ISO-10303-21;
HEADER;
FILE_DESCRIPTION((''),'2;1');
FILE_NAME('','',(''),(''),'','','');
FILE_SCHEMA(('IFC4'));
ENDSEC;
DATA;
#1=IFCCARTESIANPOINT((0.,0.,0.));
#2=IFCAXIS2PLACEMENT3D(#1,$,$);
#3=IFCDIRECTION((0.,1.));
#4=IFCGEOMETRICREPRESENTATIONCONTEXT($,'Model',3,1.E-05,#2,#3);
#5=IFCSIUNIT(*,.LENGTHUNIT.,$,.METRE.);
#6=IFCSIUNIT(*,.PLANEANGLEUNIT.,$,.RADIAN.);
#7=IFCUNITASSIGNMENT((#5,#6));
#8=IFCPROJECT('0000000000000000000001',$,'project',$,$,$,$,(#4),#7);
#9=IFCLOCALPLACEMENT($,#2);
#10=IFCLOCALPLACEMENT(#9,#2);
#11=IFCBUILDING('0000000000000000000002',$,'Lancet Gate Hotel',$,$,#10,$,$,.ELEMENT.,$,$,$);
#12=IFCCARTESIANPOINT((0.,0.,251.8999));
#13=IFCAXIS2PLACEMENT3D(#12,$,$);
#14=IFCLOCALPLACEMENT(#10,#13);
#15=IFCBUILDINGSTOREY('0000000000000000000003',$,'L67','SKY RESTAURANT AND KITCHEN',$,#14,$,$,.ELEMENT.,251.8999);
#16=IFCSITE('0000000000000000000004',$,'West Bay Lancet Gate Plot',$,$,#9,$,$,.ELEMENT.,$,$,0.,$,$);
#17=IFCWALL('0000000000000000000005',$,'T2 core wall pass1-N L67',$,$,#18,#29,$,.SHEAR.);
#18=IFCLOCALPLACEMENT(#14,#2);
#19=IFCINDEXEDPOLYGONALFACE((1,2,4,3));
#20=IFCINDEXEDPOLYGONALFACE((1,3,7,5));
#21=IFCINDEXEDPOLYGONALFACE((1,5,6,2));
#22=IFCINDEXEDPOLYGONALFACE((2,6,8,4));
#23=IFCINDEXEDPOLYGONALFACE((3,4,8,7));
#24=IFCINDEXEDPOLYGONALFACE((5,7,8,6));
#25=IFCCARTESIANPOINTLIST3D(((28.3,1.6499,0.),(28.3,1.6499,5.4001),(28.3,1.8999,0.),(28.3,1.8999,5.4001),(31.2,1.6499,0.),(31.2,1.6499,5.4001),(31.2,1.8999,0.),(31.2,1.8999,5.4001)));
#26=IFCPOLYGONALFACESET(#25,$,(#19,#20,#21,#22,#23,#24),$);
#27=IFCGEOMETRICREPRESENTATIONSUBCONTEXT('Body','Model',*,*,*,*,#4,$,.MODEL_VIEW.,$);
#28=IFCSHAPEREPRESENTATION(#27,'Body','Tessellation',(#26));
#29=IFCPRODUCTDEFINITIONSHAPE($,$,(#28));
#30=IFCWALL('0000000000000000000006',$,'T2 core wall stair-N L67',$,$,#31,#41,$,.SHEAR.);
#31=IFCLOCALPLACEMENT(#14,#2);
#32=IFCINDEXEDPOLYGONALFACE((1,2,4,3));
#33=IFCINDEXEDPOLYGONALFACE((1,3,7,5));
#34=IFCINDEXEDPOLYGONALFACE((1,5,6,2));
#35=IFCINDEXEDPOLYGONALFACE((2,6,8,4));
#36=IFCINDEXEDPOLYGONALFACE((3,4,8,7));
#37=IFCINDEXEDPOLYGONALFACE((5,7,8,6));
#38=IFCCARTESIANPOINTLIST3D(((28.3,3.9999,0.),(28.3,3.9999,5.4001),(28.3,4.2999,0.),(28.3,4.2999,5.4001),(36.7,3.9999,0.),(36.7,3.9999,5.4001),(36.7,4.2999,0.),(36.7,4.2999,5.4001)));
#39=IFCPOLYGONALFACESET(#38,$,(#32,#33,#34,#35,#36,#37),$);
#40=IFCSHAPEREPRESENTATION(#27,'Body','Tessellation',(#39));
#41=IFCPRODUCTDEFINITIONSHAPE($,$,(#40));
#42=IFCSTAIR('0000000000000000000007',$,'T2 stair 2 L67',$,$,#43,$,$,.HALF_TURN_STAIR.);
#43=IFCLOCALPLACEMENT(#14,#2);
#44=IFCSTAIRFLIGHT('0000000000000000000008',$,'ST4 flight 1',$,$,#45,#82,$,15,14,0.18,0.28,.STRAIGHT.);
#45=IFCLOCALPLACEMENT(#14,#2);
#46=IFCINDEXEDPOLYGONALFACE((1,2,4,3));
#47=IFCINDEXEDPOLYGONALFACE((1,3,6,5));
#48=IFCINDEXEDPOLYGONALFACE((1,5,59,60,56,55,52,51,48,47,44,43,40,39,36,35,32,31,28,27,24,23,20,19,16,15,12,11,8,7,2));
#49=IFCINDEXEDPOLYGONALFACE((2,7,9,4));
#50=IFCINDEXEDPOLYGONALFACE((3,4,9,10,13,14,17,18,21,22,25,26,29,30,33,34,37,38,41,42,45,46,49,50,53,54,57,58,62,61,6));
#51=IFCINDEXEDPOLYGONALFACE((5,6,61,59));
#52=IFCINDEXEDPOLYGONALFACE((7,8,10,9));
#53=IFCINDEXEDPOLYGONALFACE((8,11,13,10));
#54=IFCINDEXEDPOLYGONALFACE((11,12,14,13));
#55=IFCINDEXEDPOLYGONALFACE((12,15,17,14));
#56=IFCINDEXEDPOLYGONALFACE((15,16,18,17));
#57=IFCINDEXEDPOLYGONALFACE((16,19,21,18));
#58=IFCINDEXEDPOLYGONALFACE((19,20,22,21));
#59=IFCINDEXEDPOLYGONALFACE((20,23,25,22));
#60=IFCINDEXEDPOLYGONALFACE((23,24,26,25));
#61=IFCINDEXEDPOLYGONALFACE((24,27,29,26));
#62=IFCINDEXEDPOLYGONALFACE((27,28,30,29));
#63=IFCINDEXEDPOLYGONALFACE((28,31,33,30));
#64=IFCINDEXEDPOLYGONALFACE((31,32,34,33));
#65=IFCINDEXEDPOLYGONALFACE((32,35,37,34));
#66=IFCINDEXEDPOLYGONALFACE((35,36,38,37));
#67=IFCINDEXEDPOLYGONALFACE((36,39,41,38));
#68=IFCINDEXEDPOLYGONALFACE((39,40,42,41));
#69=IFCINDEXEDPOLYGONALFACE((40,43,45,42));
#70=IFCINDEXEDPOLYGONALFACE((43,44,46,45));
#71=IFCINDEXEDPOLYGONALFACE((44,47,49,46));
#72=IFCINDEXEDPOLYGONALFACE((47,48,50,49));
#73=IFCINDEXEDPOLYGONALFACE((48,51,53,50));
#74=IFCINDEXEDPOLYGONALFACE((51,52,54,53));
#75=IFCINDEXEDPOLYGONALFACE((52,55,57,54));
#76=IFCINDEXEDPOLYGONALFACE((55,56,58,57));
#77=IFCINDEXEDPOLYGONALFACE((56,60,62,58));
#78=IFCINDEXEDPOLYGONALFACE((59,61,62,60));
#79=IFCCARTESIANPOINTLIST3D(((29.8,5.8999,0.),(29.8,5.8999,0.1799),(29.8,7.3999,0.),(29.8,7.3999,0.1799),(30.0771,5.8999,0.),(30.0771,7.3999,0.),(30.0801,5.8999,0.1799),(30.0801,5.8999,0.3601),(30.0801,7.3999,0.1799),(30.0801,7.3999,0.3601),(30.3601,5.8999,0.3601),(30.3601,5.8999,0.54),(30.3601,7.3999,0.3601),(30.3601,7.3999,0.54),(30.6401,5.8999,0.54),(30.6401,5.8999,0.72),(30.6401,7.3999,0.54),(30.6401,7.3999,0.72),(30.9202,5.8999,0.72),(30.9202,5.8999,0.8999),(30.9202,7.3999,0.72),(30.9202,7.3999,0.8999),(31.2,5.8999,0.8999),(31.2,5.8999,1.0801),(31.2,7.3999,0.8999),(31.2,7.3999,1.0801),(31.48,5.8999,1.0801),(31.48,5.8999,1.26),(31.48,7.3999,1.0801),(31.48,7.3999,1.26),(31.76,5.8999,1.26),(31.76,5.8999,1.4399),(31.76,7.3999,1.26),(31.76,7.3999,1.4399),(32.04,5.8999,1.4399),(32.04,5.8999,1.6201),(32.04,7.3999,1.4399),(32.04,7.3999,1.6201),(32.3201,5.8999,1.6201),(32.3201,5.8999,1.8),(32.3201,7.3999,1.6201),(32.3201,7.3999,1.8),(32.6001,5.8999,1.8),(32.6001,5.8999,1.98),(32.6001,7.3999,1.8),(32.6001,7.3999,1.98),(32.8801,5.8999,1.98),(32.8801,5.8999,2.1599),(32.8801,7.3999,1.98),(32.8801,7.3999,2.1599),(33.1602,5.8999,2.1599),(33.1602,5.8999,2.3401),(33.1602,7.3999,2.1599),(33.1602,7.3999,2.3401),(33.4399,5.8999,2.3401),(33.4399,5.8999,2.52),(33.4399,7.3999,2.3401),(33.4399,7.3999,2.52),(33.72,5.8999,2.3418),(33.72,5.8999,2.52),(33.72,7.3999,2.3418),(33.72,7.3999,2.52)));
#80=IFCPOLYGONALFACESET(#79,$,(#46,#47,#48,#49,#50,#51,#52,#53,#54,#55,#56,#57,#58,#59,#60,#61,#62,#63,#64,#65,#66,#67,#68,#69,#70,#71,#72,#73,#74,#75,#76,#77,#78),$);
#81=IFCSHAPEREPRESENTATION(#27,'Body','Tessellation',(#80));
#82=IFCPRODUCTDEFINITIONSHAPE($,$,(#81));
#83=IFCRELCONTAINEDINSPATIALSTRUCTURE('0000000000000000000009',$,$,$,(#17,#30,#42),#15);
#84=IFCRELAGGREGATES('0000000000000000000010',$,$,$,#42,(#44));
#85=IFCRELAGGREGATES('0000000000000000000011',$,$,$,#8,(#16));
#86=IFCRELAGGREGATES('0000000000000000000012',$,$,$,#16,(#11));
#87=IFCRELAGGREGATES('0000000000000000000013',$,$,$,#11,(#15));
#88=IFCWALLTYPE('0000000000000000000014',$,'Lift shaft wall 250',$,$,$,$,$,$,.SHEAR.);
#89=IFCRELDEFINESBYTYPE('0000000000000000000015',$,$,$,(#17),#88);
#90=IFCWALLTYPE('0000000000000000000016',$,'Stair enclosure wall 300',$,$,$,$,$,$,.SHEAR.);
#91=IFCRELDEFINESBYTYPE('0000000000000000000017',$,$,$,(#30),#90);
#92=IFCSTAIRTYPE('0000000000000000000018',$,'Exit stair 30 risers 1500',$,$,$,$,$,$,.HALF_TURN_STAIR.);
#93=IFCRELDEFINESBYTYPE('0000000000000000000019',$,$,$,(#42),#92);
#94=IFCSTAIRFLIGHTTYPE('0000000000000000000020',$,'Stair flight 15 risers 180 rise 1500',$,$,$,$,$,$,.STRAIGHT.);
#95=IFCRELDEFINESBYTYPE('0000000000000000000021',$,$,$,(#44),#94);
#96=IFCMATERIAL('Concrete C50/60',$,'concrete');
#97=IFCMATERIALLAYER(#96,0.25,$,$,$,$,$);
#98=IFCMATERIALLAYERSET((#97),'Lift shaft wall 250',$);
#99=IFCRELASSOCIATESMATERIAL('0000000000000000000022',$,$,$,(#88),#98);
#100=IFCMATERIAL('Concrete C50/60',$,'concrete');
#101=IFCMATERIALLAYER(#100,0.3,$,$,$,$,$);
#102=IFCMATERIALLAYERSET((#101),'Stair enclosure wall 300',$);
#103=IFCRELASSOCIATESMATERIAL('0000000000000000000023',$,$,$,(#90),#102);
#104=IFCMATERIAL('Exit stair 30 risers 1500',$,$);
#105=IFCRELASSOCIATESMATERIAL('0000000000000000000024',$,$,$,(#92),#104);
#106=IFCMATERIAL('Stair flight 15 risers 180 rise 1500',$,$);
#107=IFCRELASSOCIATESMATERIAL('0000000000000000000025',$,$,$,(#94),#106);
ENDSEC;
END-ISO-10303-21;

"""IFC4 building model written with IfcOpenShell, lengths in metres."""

from ifc_helpers import new_model, si_unit, direction, frame, frame_2d, origin, place, context, subcontext, project, spatial, polyline, rectangle, outline, extrude, material, layer, layer_set, type_object, element, aggregate, save


model = new_model("IFC4")

# Units and contexts
model_context = context("Model", 3, precision=1e-05, world=origin(), true_north=direction((0.0, 1.0)))
body_context = subcontext(model_context, "Body", "Model", "MODEL_VIEW")
ifc_project = project(units=[si_unit("LENGTHUNIT", "METRE"), si_unit("PLANEANGLEUNIT", "RADIAN")], contexts=[model_context])

# Site, building, storey
site_placement = place(None, origin())
site = spatial("IfcSite", under=ifc_project, at=site_placement, Name="West Bay Lancet Gate Plot", CompositionType="ELEMENT", RefElevation=0.0)
building_placement = place(site_placement, origin())
building = spatial("IfcBuilding", under=site, at=building_placement, Name="Lancet Gate Hotel", CompositionType="ELEMENT")
storey_placement = place(building_placement, frame((0.0, 0.0, 251.8999)))
storey = spatial("IfcBuildingStorey", under=building, at=storey_placement, Name="L67", Description="SKY RESTAURANT AND KITCHEN", CompositionType="ELEMENT", Elevation=251.8999)

# Walls
ifc_material_1 = material(Name="Concrete C50/60", Category="concrete")
ifc_layer_1 = layer(ifc_material_1, 0.25)
ifc_layer_set_1 = layer_set([ifc_layer_1], Name="Lift shaft wall 250")
wall_type_1 = type_object("IfcWallType", Name="Lift shaft wall 250", PredefinedType="SHEAR", material=ifc_layer_set_1)
wall_1_placement = place(storey_placement, frame((28.3, 1.7749, 0.0), z_axis=(0.0, 0.0, 1.0), x_axis=(1.0, 0.0, 0.0)))
element("IfcWall", 1, at=wall_1_placement, inside=storey, type_object=wall_type_1, Name="T2 core wall pass1-N L67", PredefinedType="SHEAR", context=body_context, shape_type="SweptSolid", body=[
    extrude(rectangle(XDim=2.8999, YDim=0.25, at=frame_2d((1.45, 0.0))), origin(), (0.0, 0.0, 1.0), 5.4001),
])
ifc_material_2 = material(Name="Concrete C50/60", Category="concrete")
ifc_layer_2 = layer(ifc_material_2, 0.3)
ifc_layer_set_2 = layer_set([ifc_layer_2], Name="Stair enclosure wall 300")
wall_type_2 = type_object("IfcWallType", Name="Stair enclosure wall 300", PredefinedType="SHEAR", material=ifc_layer_set_2)
wall_2_placement = place(storey_placement, frame((28.3, 4.1499, 0.0), z_axis=(0.0, 0.0, 1.0), x_axis=(1.0, 0.0, 0.0)))
element("IfcWall", 2, at=wall_2_placement, inside=storey, type_object=wall_type_2, Name="T2 core wall stair-N L67", PredefinedType="SHEAR", context=body_context, shape_type="SweptSolid", body=[
    extrude(rectangle(XDim=8.3999, YDim=0.3, at=frame_2d((4.2, 0.0))), origin(), (0.0, 0.0, 1.0), 5.4001),
])

# Stair, stair flight
ifc_material_3 = material(Name="Exit stair 30 risers 1500")
stair_type = type_object("IfcStairType", Name="Exit stair 30 risers 1500", PredefinedType="HALF_TURN_STAIR", material=ifc_material_3)
stair_placement = place(storey_placement, origin())
stair = element("IfcStair", 3, at=stair_placement, inside=storey, type_object=stair_type, Name="T2 stair 2 L67", PredefinedType="HALF_TURN_STAIR")
ifc_material_4 = material(Name="Stair flight 15 risers 180 rise 1500")
stair_flight_type = type_object("IfcStairFlightType", Name="Stair flight 15 risers 180 rise 1500", PredefinedType="STRAIGHT", material=ifc_material_4)
stair_flight_placement = place(storey_placement, frame((29.8, 6.6499, 0.0), z_axis=(0.0, 0.0, 1.0), x_axis=(1.0, 0.0, 0.0)))
stair_flight = element("IfcStairFlight", 4, at=stair_flight_placement, type_object=stair_flight_type, Name="ST4 flight 1", NumberOfRisers=15, NumberOfTreads=14, PredefinedType="STRAIGHT", RiserHeight=0.18, TreadLength=0.28, context=body_context, shape_type="SweptSolid", body=[
    extrude(outline(polyline([(0.0, 0.0), (0.0, 0.1799), (0.28, 0.1799), (0.28, 0.3601), (0.5601, 0.3601), (0.5601, 0.54), (0.8401, 0.54), (0.8401, 0.72), (1.1201, 0.72), (1.1201, 0.8999), (1.3999, 0.8999), (1.3999, 1.0801), (1.6799, 1.0801), (1.6799, 1.26), (1.96, 1.26), (1.96, 1.4399), (2.24, 1.4399), (2.24, 1.6201), (2.52, 1.6201), (2.52, 1.8), (2.8, 1.8), (2.8, 1.98), (3.0801, 1.98), (3.0801, 2.1599), (3.3601, 2.1599), (3.3601, 2.3401), (3.6399, 2.3401), (3.6399, 2.52), (3.9199, 2.52), (3.9199, 2.7), (3.9199, 2.3418), (0.2771, 0.0), (0.0, 0.0)])), frame((0.0, 0.75, 0.0), z_axis=(0.0, -1.0, 0.0), x_axis=(1.0, 0.0, 0.0)), (0.0, 0.0, 1.0), 1.5),
])
aggregate(stair, [stair_flight])

save(model, "model.ifc")
